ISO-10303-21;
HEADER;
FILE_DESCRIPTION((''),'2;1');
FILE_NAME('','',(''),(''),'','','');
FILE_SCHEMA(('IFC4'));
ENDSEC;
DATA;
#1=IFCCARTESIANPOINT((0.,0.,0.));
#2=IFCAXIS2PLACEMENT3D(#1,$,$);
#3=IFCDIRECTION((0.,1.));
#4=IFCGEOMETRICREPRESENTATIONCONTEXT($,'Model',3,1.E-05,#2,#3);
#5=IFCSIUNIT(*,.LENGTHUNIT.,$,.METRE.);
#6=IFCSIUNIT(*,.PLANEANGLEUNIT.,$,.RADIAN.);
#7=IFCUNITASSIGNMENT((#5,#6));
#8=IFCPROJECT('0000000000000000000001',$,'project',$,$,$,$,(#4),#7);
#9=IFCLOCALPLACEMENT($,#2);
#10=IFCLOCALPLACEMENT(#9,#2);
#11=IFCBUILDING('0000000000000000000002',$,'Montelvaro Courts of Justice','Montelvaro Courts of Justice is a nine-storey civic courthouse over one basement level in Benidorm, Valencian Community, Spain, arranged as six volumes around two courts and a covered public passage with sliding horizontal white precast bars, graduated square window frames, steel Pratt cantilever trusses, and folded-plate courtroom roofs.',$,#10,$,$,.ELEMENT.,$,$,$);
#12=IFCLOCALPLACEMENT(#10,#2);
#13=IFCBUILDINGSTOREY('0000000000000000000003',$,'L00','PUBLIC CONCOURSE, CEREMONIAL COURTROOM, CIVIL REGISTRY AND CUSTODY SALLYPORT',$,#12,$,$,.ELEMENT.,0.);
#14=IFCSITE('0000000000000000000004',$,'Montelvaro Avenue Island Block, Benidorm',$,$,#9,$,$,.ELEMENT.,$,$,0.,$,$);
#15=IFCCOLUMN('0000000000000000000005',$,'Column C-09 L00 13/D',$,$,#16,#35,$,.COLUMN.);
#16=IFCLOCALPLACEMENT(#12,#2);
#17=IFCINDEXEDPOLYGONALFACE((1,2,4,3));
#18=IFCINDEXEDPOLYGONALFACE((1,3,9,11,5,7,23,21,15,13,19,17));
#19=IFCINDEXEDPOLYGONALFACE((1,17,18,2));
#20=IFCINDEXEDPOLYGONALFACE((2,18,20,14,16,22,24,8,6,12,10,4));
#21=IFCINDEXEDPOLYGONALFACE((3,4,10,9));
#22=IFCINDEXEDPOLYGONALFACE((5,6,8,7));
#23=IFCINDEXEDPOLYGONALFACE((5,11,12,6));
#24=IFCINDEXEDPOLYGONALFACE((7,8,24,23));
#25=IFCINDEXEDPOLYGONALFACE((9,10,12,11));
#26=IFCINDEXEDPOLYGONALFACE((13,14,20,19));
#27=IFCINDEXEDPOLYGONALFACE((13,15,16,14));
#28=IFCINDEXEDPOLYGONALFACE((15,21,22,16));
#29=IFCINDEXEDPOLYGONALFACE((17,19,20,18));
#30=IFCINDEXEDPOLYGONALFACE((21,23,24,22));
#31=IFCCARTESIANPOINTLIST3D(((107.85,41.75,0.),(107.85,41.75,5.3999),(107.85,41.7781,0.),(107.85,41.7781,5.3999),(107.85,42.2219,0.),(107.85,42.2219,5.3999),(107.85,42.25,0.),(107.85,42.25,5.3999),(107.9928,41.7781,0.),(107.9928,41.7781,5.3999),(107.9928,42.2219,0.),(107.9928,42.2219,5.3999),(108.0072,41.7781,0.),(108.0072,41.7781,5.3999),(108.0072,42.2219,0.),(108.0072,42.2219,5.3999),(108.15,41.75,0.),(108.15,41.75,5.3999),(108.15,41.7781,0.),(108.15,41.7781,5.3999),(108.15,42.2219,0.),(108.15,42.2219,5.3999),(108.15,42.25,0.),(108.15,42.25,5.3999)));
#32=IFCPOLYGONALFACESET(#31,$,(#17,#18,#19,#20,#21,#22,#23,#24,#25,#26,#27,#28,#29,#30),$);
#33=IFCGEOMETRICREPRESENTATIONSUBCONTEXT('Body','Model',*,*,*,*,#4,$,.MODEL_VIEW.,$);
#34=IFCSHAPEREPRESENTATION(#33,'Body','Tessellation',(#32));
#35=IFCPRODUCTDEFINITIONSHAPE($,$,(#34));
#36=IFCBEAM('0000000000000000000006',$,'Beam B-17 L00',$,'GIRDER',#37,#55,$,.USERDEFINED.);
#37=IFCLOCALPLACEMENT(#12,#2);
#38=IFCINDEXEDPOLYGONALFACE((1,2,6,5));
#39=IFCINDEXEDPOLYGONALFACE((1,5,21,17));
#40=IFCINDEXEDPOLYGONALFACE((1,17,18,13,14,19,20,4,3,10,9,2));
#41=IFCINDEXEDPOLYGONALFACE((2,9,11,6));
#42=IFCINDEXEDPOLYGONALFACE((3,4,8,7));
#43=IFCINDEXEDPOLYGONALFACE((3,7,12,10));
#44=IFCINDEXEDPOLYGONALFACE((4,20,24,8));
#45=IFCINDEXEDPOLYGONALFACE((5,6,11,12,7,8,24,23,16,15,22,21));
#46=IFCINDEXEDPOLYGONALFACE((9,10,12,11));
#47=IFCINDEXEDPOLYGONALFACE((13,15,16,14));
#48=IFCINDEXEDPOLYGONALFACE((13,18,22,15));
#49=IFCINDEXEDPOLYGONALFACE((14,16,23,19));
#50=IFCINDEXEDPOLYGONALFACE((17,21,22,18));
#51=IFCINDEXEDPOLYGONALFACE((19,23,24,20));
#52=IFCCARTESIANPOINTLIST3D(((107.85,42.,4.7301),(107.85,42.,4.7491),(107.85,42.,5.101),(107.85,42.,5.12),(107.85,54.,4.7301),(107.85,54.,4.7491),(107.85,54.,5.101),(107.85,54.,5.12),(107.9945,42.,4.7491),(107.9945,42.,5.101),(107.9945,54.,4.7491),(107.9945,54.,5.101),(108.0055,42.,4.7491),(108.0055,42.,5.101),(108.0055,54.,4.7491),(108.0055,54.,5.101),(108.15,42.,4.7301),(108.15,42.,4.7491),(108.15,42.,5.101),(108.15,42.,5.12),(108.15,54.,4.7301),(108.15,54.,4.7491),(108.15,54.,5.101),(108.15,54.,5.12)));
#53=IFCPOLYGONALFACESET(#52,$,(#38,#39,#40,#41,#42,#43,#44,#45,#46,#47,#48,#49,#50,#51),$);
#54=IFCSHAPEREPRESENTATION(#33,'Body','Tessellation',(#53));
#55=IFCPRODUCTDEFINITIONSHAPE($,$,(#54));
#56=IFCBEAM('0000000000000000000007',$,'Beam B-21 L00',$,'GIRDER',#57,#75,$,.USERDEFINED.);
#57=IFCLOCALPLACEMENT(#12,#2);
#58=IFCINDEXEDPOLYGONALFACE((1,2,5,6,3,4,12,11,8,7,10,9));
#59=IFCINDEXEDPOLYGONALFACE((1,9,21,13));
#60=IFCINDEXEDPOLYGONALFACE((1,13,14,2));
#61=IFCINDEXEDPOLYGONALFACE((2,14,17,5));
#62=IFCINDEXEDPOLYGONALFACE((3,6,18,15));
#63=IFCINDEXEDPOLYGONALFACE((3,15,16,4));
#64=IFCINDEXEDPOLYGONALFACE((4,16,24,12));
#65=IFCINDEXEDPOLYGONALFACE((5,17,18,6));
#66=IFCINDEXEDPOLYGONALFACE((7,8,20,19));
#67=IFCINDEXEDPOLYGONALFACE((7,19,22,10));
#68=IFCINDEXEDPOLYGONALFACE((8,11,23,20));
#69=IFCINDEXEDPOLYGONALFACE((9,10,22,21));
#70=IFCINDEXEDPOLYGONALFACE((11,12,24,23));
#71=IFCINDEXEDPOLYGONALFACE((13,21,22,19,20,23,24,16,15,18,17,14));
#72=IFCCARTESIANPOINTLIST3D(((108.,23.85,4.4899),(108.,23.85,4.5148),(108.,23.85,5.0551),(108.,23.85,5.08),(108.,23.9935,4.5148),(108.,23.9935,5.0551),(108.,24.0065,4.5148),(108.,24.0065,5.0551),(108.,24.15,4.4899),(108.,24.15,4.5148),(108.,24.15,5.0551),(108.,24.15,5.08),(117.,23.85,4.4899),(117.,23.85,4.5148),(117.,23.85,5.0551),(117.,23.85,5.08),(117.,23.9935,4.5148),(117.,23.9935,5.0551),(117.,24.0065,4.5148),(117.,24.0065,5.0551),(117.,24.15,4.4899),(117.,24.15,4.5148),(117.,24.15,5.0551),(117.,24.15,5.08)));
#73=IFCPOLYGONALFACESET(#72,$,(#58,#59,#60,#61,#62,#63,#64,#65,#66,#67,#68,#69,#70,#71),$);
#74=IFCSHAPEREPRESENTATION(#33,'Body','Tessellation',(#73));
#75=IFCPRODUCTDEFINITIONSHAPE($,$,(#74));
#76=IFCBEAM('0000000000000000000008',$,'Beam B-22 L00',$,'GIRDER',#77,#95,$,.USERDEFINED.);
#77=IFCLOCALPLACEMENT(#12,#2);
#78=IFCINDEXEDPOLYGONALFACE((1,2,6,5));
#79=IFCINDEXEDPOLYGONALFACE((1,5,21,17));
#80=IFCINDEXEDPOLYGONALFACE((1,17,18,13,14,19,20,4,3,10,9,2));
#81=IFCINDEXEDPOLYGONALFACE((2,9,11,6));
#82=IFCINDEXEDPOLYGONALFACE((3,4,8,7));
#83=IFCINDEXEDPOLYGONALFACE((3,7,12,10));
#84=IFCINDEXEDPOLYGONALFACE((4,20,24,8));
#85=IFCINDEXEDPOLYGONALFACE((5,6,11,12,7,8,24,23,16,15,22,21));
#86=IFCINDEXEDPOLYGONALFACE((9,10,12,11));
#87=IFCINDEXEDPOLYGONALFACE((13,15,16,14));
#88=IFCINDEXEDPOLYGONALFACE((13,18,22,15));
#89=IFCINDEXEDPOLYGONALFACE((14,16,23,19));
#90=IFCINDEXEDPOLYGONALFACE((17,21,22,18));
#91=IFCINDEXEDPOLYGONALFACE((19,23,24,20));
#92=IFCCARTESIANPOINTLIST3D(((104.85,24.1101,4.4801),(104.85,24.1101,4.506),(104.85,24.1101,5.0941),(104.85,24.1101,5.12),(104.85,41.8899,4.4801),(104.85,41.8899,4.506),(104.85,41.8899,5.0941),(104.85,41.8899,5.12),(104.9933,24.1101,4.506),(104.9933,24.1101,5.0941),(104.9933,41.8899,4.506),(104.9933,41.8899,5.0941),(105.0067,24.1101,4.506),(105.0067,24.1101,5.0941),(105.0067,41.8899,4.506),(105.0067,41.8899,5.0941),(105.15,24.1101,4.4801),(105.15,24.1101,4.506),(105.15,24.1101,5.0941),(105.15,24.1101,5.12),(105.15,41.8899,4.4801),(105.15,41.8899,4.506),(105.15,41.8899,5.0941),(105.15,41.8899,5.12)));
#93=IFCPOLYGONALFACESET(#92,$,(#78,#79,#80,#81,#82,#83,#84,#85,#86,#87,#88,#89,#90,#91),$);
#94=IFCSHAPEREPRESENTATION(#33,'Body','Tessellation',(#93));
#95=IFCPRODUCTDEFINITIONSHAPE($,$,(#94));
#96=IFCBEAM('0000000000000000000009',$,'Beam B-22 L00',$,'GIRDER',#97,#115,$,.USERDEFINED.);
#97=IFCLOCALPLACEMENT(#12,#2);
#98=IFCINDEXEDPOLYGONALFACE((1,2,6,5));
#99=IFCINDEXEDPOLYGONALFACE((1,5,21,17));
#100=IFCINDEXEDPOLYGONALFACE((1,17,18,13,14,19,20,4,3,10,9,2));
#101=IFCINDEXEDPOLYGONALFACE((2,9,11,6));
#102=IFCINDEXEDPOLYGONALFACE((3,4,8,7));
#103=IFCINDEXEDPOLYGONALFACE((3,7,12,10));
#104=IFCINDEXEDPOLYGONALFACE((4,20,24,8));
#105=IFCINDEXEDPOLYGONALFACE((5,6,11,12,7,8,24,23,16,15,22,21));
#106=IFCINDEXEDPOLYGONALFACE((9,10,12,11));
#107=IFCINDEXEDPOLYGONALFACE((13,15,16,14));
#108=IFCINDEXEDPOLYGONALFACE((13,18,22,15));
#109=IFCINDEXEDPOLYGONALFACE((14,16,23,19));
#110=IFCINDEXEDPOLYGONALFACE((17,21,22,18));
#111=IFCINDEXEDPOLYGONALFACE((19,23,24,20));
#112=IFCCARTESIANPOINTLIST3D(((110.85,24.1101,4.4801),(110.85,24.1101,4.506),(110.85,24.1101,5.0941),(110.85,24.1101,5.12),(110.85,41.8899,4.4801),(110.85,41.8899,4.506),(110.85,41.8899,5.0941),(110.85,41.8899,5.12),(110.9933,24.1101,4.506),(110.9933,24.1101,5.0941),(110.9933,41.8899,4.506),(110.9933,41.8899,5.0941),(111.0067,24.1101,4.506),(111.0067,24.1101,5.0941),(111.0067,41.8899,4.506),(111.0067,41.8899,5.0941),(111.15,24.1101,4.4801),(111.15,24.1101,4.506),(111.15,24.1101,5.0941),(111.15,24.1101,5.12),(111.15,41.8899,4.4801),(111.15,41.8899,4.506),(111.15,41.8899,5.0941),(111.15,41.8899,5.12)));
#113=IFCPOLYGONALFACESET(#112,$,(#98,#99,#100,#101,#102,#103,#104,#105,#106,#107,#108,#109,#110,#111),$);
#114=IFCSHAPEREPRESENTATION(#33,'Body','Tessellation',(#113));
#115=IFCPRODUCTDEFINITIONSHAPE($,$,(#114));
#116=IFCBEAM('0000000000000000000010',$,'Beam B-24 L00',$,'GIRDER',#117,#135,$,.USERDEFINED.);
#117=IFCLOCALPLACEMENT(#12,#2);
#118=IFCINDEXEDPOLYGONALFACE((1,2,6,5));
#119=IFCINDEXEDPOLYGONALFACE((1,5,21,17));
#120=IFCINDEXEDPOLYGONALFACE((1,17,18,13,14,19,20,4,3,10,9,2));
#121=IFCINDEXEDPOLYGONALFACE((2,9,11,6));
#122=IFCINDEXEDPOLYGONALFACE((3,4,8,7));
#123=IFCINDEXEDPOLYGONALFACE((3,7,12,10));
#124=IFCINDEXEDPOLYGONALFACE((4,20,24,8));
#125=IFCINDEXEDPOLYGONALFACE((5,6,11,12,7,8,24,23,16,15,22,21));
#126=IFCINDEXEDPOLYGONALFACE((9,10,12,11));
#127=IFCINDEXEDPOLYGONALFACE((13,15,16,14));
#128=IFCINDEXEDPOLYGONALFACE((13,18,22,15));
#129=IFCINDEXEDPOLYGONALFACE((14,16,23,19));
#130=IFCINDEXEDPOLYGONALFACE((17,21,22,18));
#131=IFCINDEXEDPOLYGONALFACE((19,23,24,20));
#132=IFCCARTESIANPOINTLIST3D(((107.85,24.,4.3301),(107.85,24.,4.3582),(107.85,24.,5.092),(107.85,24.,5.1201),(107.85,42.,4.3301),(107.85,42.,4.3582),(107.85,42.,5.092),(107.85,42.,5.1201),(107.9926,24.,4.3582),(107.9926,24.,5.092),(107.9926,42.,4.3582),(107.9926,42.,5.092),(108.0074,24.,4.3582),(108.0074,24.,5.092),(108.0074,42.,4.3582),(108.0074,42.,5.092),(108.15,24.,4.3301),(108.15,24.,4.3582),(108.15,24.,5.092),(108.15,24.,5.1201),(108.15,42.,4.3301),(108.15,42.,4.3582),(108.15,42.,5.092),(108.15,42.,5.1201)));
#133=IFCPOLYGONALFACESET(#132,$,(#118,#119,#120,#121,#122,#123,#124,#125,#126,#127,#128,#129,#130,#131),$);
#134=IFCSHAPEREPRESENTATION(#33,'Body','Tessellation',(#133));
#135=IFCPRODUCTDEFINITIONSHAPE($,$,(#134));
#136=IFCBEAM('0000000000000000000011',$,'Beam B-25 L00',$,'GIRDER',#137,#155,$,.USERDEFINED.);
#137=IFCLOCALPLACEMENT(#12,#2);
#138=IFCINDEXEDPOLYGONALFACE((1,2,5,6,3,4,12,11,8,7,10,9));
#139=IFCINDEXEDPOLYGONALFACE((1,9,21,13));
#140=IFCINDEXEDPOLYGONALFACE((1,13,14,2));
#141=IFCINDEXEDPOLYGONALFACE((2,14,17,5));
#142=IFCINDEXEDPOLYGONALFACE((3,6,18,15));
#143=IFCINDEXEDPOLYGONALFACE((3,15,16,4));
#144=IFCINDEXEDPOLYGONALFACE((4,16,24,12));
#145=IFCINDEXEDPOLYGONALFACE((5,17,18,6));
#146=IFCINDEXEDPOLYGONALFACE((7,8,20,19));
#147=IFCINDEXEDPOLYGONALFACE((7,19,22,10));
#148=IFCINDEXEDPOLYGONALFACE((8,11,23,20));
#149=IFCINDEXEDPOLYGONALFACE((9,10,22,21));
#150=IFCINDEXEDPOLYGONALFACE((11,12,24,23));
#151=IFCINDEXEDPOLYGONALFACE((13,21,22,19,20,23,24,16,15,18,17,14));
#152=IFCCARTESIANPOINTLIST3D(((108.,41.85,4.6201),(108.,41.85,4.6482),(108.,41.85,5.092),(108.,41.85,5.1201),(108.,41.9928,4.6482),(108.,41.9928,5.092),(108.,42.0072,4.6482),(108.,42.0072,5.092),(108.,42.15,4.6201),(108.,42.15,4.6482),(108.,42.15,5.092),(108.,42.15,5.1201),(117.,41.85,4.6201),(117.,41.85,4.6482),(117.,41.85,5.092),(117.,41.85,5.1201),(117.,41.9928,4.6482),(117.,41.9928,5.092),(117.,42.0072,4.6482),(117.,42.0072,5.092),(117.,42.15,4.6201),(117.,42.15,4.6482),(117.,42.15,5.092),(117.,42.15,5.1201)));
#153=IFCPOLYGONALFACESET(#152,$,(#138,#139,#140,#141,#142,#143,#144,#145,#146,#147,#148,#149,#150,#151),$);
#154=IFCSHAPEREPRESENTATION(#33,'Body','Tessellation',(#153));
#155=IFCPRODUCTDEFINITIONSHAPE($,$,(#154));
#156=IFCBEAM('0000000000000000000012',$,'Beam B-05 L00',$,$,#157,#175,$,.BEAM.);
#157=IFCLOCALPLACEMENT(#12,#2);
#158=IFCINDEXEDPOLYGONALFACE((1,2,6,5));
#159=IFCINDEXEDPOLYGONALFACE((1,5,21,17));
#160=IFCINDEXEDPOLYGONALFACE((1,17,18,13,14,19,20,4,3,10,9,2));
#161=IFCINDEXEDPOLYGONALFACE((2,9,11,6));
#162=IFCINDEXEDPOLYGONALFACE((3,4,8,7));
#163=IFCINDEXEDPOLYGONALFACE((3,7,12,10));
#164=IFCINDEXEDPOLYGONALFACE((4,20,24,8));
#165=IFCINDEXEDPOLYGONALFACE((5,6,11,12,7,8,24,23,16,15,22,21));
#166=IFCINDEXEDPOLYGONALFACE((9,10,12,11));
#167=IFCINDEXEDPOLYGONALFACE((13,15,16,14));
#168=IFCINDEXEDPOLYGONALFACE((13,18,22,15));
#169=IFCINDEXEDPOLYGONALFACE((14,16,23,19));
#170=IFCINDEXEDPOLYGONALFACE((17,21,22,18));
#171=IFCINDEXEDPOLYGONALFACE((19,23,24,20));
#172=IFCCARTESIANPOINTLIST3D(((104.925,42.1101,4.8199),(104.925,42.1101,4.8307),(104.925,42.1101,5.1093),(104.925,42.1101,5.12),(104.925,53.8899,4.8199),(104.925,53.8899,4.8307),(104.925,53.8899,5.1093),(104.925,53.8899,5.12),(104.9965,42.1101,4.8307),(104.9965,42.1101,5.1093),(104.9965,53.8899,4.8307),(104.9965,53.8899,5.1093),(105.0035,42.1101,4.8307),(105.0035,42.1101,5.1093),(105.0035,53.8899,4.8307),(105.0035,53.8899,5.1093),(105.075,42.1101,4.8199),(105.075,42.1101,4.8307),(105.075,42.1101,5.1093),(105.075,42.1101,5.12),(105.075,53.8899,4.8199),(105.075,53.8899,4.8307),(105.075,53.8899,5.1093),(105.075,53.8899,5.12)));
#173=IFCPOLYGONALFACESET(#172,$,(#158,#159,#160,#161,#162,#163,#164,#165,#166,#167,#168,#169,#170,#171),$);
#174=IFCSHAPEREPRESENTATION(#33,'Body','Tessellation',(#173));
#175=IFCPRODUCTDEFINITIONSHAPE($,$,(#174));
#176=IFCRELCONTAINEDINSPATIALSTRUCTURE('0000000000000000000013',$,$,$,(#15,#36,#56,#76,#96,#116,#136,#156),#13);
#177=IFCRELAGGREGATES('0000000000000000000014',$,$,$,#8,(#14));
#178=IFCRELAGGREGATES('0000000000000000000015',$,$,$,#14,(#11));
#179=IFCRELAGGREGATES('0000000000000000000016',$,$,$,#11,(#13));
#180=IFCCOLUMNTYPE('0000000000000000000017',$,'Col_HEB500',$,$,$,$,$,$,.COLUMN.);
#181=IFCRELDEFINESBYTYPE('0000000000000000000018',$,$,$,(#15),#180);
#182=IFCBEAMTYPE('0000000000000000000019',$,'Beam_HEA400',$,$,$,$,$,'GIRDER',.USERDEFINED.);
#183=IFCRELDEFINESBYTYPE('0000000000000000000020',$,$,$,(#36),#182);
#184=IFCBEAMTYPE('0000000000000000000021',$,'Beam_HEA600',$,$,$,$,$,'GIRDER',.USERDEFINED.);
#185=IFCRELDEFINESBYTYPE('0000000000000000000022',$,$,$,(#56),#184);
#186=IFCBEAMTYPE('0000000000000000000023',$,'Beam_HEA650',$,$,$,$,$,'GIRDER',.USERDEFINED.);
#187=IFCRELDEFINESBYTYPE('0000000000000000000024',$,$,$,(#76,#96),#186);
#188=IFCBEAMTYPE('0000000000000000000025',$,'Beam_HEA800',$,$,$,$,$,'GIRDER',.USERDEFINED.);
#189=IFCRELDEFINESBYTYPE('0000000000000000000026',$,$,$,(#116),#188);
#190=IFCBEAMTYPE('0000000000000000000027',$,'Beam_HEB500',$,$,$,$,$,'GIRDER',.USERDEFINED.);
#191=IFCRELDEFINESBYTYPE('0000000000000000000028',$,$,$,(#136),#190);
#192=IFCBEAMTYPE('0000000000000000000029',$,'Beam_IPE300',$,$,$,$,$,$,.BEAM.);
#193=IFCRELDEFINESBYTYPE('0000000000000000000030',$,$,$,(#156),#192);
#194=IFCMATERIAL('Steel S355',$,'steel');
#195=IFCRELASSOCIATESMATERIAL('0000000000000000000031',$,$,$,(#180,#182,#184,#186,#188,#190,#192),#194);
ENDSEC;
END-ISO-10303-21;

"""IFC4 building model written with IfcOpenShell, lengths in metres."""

from ifc_helpers import new_model, si_unit, direction, frame, origin, origin_2d, place, context, subcontext, project, spatial, i_section, extrude, material, material_profile, profile_set, type_object, element, save


model = new_model("IFC4")

# Units and contexts
model_context = context("Model", 3, precision=1e-05, world=origin(), true_north=direction((0.0, 1.0)))
body_context = subcontext(model_context, "Body", "Model", "MODEL_VIEW")
ifc_project = project(units=[si_unit("LENGTHUNIT", "METRE"), si_unit("PLANEANGLEUNIT", "RADIAN")], contexts=[model_context])

# Site, building, storey
site_placement = place(None, origin())
site = spatial("IfcSite", under=ifc_project, at=site_placement, Name="Montelvaro Avenue Island Block, Benidorm", CompositionType="ELEMENT", RefElevation=0.0)
building_placement = place(site_placement, origin())
building = spatial("IfcBuilding", under=site, at=building_placement, Name="Montelvaro Courts of Justice", Description="Montelvaro Courts of Justice is a nine-storey civic courthouse over one basement level in Benidorm, Valencian Community, Spain, arranged as six volumes around two courts and a covered public passage with sliding horizontal white precast bars, graduated square window frames, steel Pratt cantilever trusses, and folded-plate courtroom roofs.", CompositionType="ELEMENT")
storey_placement = place(building_placement, origin())
storey = spatial("IfcBuildingStorey", under=building, at=storey_placement, Name="L00", Description="PUBLIC CONCOURSE, CEREMONIAL COURTROOM, CIVIL REGISTRY AND CUSTODY SALLYPORT", CompositionType="ELEMENT", Elevation=0.0)

# Column
ifc_material_1 = material(Name="Steel S355", Category="steel")
ifc_material_profile_1 = material_profile(ifc_material_1, i_section(OverallWidth=0.3, OverallDepth=0.5, WebThickness=0.0144, FlangeThickness=0.0281, at=origin_2d()), Name="HEB 500")
ifc_profile_set_1 = profile_set([ifc_material_profile_1], Name="Steel S355")
column_type = type_object("IfcColumnType", Name="Col_HEB500", PredefinedType="COLUMN", material=ifc_profile_set_1)
column_placement = place(storey_placement, frame((108.0, 42.0, 0.0), z_axis=(0.0, 0.0, 1.0), x_axis=(1.0, 0.0, 0.0)))
element("IfcColumn", 1, at=column_placement, inside=storey, type_object=column_type, Name="Column C-09 L00 13/D", PredefinedType="COLUMN", context=body_context, shape_type="SweptSolid", body=[
    extrude(i_section(OverallWidth=0.3, OverallDepth=0.5, WebThickness=0.0144, FlangeThickness=0.0281, at=origin_2d()), origin(), (0.0, 0.0, 1.0), 5.3999),
])

# Beams
ifc_material_profile_2 = material_profile(ifc_material_1, i_section(OverallWidth=0.3, OverallDepth=0.3899, WebThickness=0.011, FlangeThickness=0.019, at=origin_2d()), Name="HEA 400")
ifc_profile_set_2 = profile_set([ifc_material_profile_2], Name="Steel S355")
beam_type_1 = type_object("IfcBeamType", Name="Beam_HEA400", ElementType="GIRDER", PredefinedType="USERDEFINED", material=ifc_profile_set_2)
beam_1_placement = place(storey_placement, frame((108.0, 42.0, 4.925), z_axis=(0.0, 1.0, 0.0), x_axis=(-1.0, 0.0, 0.0)))
element("IfcBeam", 2, at=beam_1_placement, inside=storey, type_object=beam_type_1, Name="Beam B-17 L00", ObjectType="GIRDER", PredefinedType="USERDEFINED", context=body_context, shape_type="SweptSolid", body=[
    extrude(i_section(OverallWidth=0.3, OverallDepth=0.3899, WebThickness=0.011, FlangeThickness=0.019, at=origin_2d()), origin(), (0.0, 0.0, 1.0), 12.0),
])
ifc_material_profile_3 = material_profile(ifc_material_1, i_section(OverallWidth=0.3, OverallDepth=0.5901, WebThickness=0.0129, FlangeThickness=0.0249, at=origin_2d()), Name="HEA 600")
ifc_profile_set_3 = profile_set([ifc_material_profile_3], Name="Steel S355")
beam_type_2 = type_object("IfcBeamType", Name="Beam_HEA600", ElementType="GIRDER", PredefinedType="USERDEFINED", material=ifc_profile_set_3)
beam_2_placement = place(storey_placement, frame((108.0, 24.0, 4.7849), z_axis=(1.0, 0.0, 0.0), x_axis=(0.0, 1.0, 0.0)))
element("IfcBeam", 3, at=beam_2_placement, inside=storey, type_object=beam_type_2, Name="Beam B-21 L00", ObjectType="GIRDER", PredefinedType="USERDEFINED", context=body_context, shape_type="SweptSolid", body=[
    extrude(i_section(OverallWidth=0.3, OverallDepth=0.5901, WebThickness=0.0129, FlangeThickness=0.0249, at=origin_2d()), origin(), (0.0, 0.0, 1.0), 9.0),
])
ifc_material_profile_4 = material_profile(ifc_material_1, i_section(OverallWidth=0.3, OverallDepth=0.6399, WebThickness=0.0134, FlangeThickness=0.0259, at=origin_2d()), Name="HEA 650")
ifc_profile_set_4 = profile_set([ifc_material_profile_4], Name="Steel S355")
beam_type_3 = type_object("IfcBeamType", Name="Beam_HEA650", ElementType="GIRDER", PredefinedType="USERDEFINED", material=ifc_profile_set_4)
for number, where, z_axis, x_axis, name in (
    (4, (105.0, 24.1101, 4.8), (0.0, 1.0, 0.0), (-1.0, 0.0, 0.0), "Beam B-22 L00"),
    (5, (111.0, 24.1101, 4.8), (0.0, 1.0, 0.0), (-1.0, 0.0, 0.0), "Beam B-22 L00"),
):
    element("IfcBeam", number, at=place(storey_placement, frame(where, z_axis=z_axis, x_axis=x_axis)), inside=storey, type_object=beam_type_3, Name=name, ObjectType="GIRDER", PredefinedType="USERDEFINED", context=body_context, shape_type="SweptSolid", body=[
        extrude(i_section(OverallWidth=0.3, OverallDepth=0.6399, WebThickness=0.0134, FlangeThickness=0.0259, at=origin_2d()), origin(), (0.0, 0.0, 1.0), 17.7798),
    ])
ifc_material_profile_5 = material_profile(ifc_material_1, i_section(OverallWidth=0.3, OverallDepth=0.79, WebThickness=0.0149, FlangeThickness=0.0281, at=origin_2d()), Name="HEA 800")
ifc_profile_set_5 = profile_set([ifc_material_profile_5], Name="Steel S355")
beam_type_4 = type_object("IfcBeamType", Name="Beam_HEA800", ElementType="GIRDER", PredefinedType="USERDEFINED", material=ifc_profile_set_5)
beam_3_placement = place(storey_placement, frame((108.0, 24.0, 4.7251), z_axis=(0.0, 1.0, 0.0), x_axis=(-1.0, 0.0, 0.0)))
element("IfcBeam", 6, at=beam_3_placement, inside=storey, type_object=beam_type_4, Name="Beam B-24 L00", ObjectType="GIRDER", PredefinedType="USERDEFINED", context=body_context, shape_type="SweptSolid", body=[
    extrude(i_section(OverallWidth=0.3, OverallDepth=0.79, WebThickness=0.0149, FlangeThickness=0.0281, at=origin_2d()), origin(), (0.0, 0.0, 1.0), 18.0),
])
ifc_material_profile_6 = material_profile(ifc_material_1, i_section(OverallWidth=0.3, OverallDepth=0.5, WebThickness=0.0144, FlangeThickness=0.0281, at=origin_2d()), Name="HEB 500")
ifc_profile_set_6 = profile_set([ifc_material_profile_6], Name="Steel S355")
beam_type_5 = type_object("IfcBeamType", Name="Beam_HEB500", ElementType="GIRDER", PredefinedType="USERDEFINED", material=ifc_profile_set_6)
beam_4_placement = place(storey_placement, frame((108.0, 42.0, 4.8701), z_axis=(1.0, 0.0, 0.0), x_axis=(0.0, 1.0, 0.0)))
element("IfcBeam", 7, at=beam_4_placement, inside=storey, type_object=beam_type_5, Name="Beam B-25 L00", ObjectType="GIRDER", PredefinedType="USERDEFINED", context=body_context, shape_type="SweptSolid", body=[
    extrude(i_section(OverallWidth=0.3, OverallDepth=0.5, WebThickness=0.0144, FlangeThickness=0.0281, at=origin_2d()), origin(), (0.0, 0.0, 1.0), 9.0),
])
ifc_material_profile_7 = material_profile(ifc_material_1, i_section(OverallWidth=0.1499, OverallDepth=0.3, WebThickness=0.0071, FlangeThickness=0.0107, at=origin_2d()), Name="IPE 300")
ifc_profile_set_7 = profile_set([ifc_material_profile_7], Name="Steel S355")
beam_type_6 = type_object("IfcBeamType", Name="Beam_IPE300", PredefinedType="BEAM", material=ifc_profile_set_7)
for number, where, z_axis, x_axis, name in (
    (8, (105.0, 42.1101, 4.97), (0.0, 1.0, 0.0), (-1.0, 0.0, 0.0), "Beam B-05 L00"),
):
    element("IfcBeam", number, at=place(storey_placement, frame(where, z_axis=z_axis, x_axis=x_axis)), inside=storey, type_object=beam_type_6, Name=name, PredefinedType="BEAM", context=body_context, shape_type="SweptSolid", body=[
        extrude(i_section(OverallWidth=0.1499, OverallDepth=0.3, WebThickness=0.0071, FlangeThickness=0.0107, at=origin_2d()), origin(), (0.0, 0.0, 1.0), 11.7798),
    ])

save(model, "model.ifc")
